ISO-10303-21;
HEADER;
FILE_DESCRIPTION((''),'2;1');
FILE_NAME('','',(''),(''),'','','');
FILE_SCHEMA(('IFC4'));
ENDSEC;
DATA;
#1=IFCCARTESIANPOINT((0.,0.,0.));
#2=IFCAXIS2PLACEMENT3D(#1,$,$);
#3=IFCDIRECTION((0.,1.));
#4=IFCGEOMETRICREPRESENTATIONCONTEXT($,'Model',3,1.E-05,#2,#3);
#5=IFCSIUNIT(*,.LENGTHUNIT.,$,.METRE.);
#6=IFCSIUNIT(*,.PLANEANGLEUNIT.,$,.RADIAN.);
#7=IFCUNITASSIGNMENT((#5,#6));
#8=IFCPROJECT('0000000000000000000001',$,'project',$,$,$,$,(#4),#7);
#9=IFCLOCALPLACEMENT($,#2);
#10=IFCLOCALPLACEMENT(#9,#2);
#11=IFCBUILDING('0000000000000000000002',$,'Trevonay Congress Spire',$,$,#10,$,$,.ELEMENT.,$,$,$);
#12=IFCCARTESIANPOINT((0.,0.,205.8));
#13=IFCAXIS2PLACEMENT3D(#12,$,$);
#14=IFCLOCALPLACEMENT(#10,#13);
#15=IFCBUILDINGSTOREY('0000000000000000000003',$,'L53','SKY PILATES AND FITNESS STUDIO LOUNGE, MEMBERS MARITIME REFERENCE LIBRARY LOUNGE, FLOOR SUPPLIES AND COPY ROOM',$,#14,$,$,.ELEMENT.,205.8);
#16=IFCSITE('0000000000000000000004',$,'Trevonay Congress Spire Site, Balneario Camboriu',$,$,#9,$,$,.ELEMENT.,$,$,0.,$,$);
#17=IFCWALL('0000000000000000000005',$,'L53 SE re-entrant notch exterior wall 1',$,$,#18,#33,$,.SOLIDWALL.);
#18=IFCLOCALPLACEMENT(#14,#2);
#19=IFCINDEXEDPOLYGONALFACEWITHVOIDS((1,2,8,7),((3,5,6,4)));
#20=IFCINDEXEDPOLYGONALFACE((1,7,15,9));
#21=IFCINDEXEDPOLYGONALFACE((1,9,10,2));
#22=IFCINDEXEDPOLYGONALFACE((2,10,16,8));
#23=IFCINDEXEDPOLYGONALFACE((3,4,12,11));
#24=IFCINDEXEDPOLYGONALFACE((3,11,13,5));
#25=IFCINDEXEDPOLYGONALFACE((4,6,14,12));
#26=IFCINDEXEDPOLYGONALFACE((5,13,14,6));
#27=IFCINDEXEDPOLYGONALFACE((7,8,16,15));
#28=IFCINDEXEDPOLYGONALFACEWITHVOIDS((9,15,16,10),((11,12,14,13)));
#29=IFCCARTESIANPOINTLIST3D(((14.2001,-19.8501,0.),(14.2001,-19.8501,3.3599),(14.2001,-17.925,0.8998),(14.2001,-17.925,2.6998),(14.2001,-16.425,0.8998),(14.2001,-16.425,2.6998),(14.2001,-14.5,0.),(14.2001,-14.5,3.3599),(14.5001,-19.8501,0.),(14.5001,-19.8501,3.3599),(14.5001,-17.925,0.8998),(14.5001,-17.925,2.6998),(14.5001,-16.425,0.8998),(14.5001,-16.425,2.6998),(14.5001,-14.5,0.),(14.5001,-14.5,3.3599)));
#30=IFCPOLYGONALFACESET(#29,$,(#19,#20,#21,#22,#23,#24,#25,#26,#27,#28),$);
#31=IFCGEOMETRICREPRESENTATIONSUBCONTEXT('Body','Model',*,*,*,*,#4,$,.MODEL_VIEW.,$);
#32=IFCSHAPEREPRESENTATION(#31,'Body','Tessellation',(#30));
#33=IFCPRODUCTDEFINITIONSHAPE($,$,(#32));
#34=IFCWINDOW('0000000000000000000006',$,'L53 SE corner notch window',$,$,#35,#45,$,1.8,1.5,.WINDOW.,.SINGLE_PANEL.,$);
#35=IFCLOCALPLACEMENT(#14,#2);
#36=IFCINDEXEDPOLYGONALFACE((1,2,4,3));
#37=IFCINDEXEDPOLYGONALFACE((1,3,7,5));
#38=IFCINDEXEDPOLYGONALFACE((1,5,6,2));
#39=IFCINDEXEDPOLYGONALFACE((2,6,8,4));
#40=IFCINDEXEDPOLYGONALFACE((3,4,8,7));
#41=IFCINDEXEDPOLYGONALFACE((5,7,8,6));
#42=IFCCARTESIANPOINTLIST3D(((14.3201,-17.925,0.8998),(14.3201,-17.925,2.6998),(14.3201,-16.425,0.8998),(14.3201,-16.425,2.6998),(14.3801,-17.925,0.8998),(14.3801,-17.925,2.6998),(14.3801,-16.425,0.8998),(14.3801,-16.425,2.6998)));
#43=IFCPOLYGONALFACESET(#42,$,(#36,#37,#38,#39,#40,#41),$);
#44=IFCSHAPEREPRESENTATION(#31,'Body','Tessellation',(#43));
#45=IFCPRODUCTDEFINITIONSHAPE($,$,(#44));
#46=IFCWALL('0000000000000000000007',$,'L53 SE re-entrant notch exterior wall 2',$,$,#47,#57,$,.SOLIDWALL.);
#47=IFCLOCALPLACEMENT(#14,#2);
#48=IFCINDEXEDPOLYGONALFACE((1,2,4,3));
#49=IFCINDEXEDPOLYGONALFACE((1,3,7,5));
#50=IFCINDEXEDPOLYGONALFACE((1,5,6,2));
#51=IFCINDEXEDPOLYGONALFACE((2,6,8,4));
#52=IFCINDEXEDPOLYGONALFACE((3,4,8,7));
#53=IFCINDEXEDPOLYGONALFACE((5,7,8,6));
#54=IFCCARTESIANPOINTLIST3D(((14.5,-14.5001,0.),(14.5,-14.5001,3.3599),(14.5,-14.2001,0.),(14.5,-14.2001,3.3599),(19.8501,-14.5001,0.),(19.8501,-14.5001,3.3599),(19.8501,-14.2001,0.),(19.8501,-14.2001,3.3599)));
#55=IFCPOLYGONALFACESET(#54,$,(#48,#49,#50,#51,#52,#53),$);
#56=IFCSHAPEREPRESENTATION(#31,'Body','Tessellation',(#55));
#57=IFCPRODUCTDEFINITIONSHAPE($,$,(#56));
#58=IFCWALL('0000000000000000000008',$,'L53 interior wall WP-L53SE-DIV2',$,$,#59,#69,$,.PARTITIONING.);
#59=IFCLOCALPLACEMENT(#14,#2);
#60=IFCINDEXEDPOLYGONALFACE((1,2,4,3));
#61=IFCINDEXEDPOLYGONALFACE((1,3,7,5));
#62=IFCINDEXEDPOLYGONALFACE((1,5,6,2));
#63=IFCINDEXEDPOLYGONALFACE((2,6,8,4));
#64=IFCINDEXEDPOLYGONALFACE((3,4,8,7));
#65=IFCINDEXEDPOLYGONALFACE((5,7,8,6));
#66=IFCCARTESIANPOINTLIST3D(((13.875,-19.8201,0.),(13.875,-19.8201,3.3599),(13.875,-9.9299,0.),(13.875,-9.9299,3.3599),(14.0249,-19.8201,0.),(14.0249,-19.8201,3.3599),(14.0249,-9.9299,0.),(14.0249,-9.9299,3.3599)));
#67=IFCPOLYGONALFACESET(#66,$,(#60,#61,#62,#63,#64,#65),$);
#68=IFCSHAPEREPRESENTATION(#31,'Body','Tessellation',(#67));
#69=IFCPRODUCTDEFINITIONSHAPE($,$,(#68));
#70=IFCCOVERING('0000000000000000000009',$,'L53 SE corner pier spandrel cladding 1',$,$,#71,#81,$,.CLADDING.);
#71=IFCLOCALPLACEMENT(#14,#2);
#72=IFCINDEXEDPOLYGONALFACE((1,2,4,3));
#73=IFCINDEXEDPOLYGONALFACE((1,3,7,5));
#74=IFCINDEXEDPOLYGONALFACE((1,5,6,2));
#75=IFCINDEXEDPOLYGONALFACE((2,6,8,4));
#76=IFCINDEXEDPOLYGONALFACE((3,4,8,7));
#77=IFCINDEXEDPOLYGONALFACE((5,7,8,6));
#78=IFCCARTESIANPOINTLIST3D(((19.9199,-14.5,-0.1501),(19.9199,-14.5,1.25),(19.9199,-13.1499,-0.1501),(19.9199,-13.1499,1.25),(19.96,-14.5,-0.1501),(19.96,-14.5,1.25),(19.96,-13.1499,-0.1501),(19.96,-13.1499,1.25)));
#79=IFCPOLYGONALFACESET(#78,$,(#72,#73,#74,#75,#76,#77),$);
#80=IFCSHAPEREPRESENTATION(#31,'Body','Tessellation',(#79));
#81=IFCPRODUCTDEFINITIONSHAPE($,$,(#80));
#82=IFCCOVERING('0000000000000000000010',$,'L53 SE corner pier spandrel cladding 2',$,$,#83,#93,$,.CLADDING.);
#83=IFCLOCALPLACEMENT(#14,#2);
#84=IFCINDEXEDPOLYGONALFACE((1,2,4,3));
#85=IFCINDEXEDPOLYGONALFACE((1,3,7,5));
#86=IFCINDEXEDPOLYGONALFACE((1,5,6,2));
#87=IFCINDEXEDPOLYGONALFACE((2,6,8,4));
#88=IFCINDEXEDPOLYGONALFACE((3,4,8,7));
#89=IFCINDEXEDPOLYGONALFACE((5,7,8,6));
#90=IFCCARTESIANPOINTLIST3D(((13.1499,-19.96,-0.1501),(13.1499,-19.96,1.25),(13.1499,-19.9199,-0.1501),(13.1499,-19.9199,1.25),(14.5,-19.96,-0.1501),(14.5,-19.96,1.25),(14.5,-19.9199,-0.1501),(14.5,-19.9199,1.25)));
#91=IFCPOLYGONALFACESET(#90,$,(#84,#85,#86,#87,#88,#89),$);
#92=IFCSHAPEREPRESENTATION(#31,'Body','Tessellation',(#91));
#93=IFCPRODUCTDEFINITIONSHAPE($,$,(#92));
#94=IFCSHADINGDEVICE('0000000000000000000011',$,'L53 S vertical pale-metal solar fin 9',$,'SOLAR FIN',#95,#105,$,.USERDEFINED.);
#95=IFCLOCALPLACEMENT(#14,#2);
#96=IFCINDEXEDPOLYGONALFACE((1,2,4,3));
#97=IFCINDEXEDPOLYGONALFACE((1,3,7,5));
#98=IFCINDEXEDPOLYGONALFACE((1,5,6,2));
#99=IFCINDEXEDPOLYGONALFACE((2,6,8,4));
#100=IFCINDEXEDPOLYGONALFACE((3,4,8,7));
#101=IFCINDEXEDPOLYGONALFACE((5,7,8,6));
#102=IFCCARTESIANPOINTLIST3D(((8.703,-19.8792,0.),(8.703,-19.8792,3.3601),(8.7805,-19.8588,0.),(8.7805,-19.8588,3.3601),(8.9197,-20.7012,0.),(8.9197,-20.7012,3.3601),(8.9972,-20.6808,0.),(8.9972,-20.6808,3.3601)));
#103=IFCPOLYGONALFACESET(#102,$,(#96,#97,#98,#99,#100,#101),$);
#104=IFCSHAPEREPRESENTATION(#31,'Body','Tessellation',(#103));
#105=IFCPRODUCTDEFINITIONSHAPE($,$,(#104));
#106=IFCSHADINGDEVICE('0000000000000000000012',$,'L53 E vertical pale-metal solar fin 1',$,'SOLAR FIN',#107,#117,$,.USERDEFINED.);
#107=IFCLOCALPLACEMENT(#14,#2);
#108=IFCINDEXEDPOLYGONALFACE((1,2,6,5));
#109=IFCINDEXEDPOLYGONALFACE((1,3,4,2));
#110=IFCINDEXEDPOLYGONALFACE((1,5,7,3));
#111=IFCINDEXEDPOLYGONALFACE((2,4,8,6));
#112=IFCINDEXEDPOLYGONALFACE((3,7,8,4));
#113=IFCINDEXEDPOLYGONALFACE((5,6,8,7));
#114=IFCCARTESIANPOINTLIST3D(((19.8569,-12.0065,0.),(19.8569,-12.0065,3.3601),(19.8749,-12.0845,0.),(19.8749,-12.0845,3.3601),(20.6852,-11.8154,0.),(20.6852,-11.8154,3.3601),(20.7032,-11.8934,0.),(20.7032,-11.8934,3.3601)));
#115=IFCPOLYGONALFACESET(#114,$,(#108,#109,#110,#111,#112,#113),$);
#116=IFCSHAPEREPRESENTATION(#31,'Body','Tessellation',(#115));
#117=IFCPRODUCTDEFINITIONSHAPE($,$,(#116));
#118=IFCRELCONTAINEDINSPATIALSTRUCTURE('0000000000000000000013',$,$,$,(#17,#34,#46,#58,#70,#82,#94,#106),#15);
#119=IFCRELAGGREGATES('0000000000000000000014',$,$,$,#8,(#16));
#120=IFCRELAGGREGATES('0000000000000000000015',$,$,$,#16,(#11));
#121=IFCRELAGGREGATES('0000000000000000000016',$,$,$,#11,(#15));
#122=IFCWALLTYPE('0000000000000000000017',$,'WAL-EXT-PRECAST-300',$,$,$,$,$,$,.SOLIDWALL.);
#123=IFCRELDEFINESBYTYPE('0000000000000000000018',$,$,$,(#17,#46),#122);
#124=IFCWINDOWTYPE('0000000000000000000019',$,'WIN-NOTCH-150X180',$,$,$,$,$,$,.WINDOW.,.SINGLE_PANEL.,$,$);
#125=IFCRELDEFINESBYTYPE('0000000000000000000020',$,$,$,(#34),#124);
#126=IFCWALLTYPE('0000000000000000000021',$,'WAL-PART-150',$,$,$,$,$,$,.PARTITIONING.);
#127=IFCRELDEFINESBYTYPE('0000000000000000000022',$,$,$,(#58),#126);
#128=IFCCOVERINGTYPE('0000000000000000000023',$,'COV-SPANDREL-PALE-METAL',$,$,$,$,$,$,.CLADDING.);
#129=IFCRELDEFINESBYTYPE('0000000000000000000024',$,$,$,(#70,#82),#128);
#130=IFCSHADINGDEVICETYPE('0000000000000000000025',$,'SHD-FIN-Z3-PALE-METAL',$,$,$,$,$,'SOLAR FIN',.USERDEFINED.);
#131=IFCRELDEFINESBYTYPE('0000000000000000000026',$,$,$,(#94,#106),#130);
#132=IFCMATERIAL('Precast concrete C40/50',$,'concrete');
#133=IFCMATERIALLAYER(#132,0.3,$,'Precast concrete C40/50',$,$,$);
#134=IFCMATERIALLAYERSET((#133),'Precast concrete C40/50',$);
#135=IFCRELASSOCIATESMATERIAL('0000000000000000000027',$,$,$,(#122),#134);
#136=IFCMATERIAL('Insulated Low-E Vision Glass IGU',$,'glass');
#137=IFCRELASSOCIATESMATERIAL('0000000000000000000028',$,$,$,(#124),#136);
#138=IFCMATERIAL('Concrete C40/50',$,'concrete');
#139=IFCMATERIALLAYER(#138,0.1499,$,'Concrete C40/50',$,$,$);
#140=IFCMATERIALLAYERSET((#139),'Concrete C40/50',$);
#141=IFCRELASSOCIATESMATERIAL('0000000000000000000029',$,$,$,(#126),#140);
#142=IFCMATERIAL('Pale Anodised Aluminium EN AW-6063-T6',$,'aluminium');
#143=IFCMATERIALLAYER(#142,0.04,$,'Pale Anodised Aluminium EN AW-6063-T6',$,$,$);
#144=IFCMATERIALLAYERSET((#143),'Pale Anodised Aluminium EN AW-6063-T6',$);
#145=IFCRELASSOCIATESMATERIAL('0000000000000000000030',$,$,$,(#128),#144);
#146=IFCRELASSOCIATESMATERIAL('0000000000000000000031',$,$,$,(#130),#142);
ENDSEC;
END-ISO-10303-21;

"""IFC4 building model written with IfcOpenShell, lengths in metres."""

from ifc_helpers import new_model, si_unit, direction, frame, frame_2d, origin, origin_2d, place, context, subcontext, project, spatial, rectangle, extrude, material, layer, layer_set, type_object, element, fill, save


model = new_model("IFC4")

# Units and contexts
model_context = context("Model", 3, precision=1e-05, world=origin(), true_north=direction((0.0, 1.0)))
body_context = subcontext(model_context, "Body", "Model", "MODEL_VIEW")
ifc_project = project(units=[si_unit("LENGTHUNIT", "METRE"), si_unit("PLANEANGLEUNIT", "RADIAN")], contexts=[model_context])

# Site, building, storey
site_placement = place(None, origin())
site = spatial("IfcSite", under=ifc_project, at=site_placement, Name="Trevonay Congress Spire Site, Balneario Camboriu", CompositionType="ELEMENT", RefElevation=0.0)
building_placement = place(site_placement, origin())
building = spatial("IfcBuilding", under=site, at=building_placement, Name="Trevonay Congress Spire", CompositionType="ELEMENT")
storey_placement = place(building_placement, frame((0.0, 0.0, 205.8)))
storey = spatial("IfcBuildingStorey", under=building, at=storey_placement, Name="L53", Description="SKY PILATES AND FITNESS STUDIO LOUNGE, MEMBERS MARITIME REFERENCE LIBRARY LOUNGE, FLOOR SUPPLIES AND COPY ROOM", CompositionType="ELEMENT", Elevation=205.8)

# Shared definitions
ifc_material_1 = material(Name="Pale Anodised Aluminium EN AW-6063-T6", Category="aluminium")

# Shared definitions
ifc_material_2 = material(Name="Insulated Low-E Vision Glass IGU", Category="glass")

# Wall, opening, window
ifc_material_3 = material(Name="Precast concrete C40/50", Category="concrete")
ifc_layer_1 = layer(ifc_material_3, 0.3, Name="Precast concrete C40/50")
ifc_layer_set_1 = layer_set([ifc_layer_1], Name="Precast concrete C40/50")
wall_type_1 = type_object("IfcWallType", Name="WAL-EXT-PRECAST-300", PredefinedType="SOLIDWALL", material=ifc_layer_set_1)
wall_1_placement = place(storey_placement, frame((14.3501, -19.8501, 0.0), z_axis=(0.0, 0.0, 1.0), x_axis=(0.0, 1.0, 0.0)))
wall_1 = element("IfcWall", 1, at=wall_1_placement, inside=storey, type_object=wall_type_1, Name="L53 SE re-entrant notch exterior wall 1", PredefinedType="SOLIDWALL", context=body_context, shape_type="SweptSolid", body=[
    extrude(rectangle(XDim=5.3501, YDim=0.3, at=frame_2d((2.675, 0.0))), origin(), (0.0, 0.0, 1.0), 3.3599),
])
opening_placement = place(wall_1_placement, frame((1.925, 0.0, 0.8999)))
opening = element("IfcOpeningElement", 2, at=opening_placement, cuts=wall_1, PredefinedType="OPENING", context=body_context, shape_type="SweptSolid", body=[
    extrude(rectangle(XDim=1.5, YDim=1.8, at=frame_2d((0.75, 0.8999))), frame((0.0, 0.1602, 0.0), z_axis=(0.0, -1.0, 0.0), x_axis=(1.0, 0.0, 0.0)), (0.0, 0.0, 1.0), 0.3201),
])
window_type = type_object("IfcWindowType", Name="WIN-NOTCH-150X180", PartitioningType="SINGLE_PANEL", PredefinedType="WINDOW", material=ifc_material_2)
window_placement = place(opening_placement, origin())
window = element("IfcWindow", 3, at=window_placement, inside=storey, type_object=window_type, Name="L53 SE corner notch window", OverallHeight=1.8, OverallWidth=1.5, PartitioningType="SINGLE_PANEL", PredefinedType="WINDOW", context=body_context, shape_type="SweptSolid", body=[
    extrude(rectangle(XDim=1.5, YDim=1.8, at=frame_2d((0.75, 0.8999))), frame((0.0, 0.03, 0.0), z_axis=(0.0, -1.0, 0.0), x_axis=(1.0, 0.0, 0.0)), (0.0, 0.0, 1.0), 0.0601),
])
fill(opening, window)

# Walls
wall_2_placement = place(storey_placement, frame((19.8501, -14.3501, 0.0), z_axis=(0.0, 0.0, 1.0), x_axis=(-1.0, 0.0, 0.0)))
element("IfcWall", 4, at=wall_2_placement, inside=storey, type_object=wall_type_1, Name="L53 SE re-entrant notch exterior wall 2", PredefinedType="SOLIDWALL", context=body_context, shape_type="SweptSolid", body=[
    extrude(rectangle(XDim=5.3501, YDim=0.3, at=frame_2d((2.675, 0.0))), origin(), (0.0, 0.0, 1.0), 3.3599),
])
ifc_material_4 = material(Name="Concrete C40/50", Category="concrete")
ifc_layer_2 = layer(ifc_material_4, 0.1499, Name="Concrete C40/50")
ifc_layer_set_2 = layer_set([ifc_layer_2], Name="Concrete C40/50")
wall_type_2 = type_object("IfcWallType", Name="WAL-PART-150", PredefinedType="PARTITIONING", material=ifc_layer_set_2)
wall_3_placement = place(storey_placement, frame((13.95, -19.8201, 0.0), z_axis=(0.0, 0.0, 1.0), x_axis=(0.0, 1.0, 0.0)))
element("IfcWall", 5, at=wall_3_placement, inside=storey, type_object=wall_type_2, Name="L53 interior wall WP-L53SE-DIV2", PredefinedType="PARTITIONING", context=body_context, shape_type="SweptSolid", body=[
    extrude(rectangle(XDim=9.8901, YDim=0.1499, at=frame_2d((4.9451, 0.0))), origin(), (0.0, 0.0, 1.0), 3.3599),
])

# Coverings
ifc_layer_3 = layer(ifc_material_1, 0.04, Name="Pale Anodised Aluminium EN AW-6063-T6")
ifc_layer_set_3 = layer_set([ifc_layer_3], Name="Pale Anodised Aluminium EN AW-6063-T6")
covering_type = type_object("IfcCoveringType", Name="COV-SPANDREL-PALE-METAL", PredefinedType="CLADDING", material=ifc_layer_set_3)
for number, where, z_axis, x_axis, name in (
    (6, (19.9399, -13.1499, -0.1501), (0.0, 0.0, 1.0), (0.0, -1.0, 0.0), "L53 SE corner pier spandrel cladding 1"),
    (7, (13.1499, -19.9399, -0.1501), (0.0, 0.0, 1.0), (1.0, 0.0, 0.0), "L53 SE corner pier spandrel cladding 2"),
):
    element("IfcCovering", number, at=place(storey_placement, frame(where, z_axis=z_axis, x_axis=x_axis)), inside=storey, type_object=covering_type, Name=name, PredefinedType="CLADDING", context=body_context, shape_type="SweptSolid", body=[
        extrude(rectangle(XDim=1.3501, YDim=0.04, at=frame_2d((0.675, 0.0))), origin(), (0.0, 0.0, 1.0), 1.4001),
    ])

# Shading devices
shading_device_type = type_object("IfcShadingDeviceType", Name="SHD-FIN-Z3-PALE-METAL", ElementType="SOLAR FIN", PredefinedType="USERDEFINED", material=ifc_material_1)
for number, where, z_axis, x_axis, name in (
    (8, (8.8501, -20.28, 0.0), (0.0, 0.0, 1.0), (0.966957, 0.254939, 0.0), "L53 S vertical pale-metal solar fin 9"),
    (9, (20.28, -11.95, 0.0), (0.0, 0.0, 1.0), (-0.224781, 0.974409, 0.0), "L53 E vertical pale-metal solar fin 1"),
):
    element("IfcShadingDevice", number, at=place(storey_placement, frame(where, z_axis=z_axis, x_axis=x_axis)), inside=storey, type_object=shading_device_type, Name=name, ObjectType="SOLAR FIN", PredefinedType="USERDEFINED", context=body_context, shape_type="SweptSolid", body=[
        extrude(rectangle(XDim=0.0801, YDim=0.8501, at=origin_2d()), origin(), (0.0, 0.0, 1.0), 3.3601),
    ])

save(model, "model.ifc")
